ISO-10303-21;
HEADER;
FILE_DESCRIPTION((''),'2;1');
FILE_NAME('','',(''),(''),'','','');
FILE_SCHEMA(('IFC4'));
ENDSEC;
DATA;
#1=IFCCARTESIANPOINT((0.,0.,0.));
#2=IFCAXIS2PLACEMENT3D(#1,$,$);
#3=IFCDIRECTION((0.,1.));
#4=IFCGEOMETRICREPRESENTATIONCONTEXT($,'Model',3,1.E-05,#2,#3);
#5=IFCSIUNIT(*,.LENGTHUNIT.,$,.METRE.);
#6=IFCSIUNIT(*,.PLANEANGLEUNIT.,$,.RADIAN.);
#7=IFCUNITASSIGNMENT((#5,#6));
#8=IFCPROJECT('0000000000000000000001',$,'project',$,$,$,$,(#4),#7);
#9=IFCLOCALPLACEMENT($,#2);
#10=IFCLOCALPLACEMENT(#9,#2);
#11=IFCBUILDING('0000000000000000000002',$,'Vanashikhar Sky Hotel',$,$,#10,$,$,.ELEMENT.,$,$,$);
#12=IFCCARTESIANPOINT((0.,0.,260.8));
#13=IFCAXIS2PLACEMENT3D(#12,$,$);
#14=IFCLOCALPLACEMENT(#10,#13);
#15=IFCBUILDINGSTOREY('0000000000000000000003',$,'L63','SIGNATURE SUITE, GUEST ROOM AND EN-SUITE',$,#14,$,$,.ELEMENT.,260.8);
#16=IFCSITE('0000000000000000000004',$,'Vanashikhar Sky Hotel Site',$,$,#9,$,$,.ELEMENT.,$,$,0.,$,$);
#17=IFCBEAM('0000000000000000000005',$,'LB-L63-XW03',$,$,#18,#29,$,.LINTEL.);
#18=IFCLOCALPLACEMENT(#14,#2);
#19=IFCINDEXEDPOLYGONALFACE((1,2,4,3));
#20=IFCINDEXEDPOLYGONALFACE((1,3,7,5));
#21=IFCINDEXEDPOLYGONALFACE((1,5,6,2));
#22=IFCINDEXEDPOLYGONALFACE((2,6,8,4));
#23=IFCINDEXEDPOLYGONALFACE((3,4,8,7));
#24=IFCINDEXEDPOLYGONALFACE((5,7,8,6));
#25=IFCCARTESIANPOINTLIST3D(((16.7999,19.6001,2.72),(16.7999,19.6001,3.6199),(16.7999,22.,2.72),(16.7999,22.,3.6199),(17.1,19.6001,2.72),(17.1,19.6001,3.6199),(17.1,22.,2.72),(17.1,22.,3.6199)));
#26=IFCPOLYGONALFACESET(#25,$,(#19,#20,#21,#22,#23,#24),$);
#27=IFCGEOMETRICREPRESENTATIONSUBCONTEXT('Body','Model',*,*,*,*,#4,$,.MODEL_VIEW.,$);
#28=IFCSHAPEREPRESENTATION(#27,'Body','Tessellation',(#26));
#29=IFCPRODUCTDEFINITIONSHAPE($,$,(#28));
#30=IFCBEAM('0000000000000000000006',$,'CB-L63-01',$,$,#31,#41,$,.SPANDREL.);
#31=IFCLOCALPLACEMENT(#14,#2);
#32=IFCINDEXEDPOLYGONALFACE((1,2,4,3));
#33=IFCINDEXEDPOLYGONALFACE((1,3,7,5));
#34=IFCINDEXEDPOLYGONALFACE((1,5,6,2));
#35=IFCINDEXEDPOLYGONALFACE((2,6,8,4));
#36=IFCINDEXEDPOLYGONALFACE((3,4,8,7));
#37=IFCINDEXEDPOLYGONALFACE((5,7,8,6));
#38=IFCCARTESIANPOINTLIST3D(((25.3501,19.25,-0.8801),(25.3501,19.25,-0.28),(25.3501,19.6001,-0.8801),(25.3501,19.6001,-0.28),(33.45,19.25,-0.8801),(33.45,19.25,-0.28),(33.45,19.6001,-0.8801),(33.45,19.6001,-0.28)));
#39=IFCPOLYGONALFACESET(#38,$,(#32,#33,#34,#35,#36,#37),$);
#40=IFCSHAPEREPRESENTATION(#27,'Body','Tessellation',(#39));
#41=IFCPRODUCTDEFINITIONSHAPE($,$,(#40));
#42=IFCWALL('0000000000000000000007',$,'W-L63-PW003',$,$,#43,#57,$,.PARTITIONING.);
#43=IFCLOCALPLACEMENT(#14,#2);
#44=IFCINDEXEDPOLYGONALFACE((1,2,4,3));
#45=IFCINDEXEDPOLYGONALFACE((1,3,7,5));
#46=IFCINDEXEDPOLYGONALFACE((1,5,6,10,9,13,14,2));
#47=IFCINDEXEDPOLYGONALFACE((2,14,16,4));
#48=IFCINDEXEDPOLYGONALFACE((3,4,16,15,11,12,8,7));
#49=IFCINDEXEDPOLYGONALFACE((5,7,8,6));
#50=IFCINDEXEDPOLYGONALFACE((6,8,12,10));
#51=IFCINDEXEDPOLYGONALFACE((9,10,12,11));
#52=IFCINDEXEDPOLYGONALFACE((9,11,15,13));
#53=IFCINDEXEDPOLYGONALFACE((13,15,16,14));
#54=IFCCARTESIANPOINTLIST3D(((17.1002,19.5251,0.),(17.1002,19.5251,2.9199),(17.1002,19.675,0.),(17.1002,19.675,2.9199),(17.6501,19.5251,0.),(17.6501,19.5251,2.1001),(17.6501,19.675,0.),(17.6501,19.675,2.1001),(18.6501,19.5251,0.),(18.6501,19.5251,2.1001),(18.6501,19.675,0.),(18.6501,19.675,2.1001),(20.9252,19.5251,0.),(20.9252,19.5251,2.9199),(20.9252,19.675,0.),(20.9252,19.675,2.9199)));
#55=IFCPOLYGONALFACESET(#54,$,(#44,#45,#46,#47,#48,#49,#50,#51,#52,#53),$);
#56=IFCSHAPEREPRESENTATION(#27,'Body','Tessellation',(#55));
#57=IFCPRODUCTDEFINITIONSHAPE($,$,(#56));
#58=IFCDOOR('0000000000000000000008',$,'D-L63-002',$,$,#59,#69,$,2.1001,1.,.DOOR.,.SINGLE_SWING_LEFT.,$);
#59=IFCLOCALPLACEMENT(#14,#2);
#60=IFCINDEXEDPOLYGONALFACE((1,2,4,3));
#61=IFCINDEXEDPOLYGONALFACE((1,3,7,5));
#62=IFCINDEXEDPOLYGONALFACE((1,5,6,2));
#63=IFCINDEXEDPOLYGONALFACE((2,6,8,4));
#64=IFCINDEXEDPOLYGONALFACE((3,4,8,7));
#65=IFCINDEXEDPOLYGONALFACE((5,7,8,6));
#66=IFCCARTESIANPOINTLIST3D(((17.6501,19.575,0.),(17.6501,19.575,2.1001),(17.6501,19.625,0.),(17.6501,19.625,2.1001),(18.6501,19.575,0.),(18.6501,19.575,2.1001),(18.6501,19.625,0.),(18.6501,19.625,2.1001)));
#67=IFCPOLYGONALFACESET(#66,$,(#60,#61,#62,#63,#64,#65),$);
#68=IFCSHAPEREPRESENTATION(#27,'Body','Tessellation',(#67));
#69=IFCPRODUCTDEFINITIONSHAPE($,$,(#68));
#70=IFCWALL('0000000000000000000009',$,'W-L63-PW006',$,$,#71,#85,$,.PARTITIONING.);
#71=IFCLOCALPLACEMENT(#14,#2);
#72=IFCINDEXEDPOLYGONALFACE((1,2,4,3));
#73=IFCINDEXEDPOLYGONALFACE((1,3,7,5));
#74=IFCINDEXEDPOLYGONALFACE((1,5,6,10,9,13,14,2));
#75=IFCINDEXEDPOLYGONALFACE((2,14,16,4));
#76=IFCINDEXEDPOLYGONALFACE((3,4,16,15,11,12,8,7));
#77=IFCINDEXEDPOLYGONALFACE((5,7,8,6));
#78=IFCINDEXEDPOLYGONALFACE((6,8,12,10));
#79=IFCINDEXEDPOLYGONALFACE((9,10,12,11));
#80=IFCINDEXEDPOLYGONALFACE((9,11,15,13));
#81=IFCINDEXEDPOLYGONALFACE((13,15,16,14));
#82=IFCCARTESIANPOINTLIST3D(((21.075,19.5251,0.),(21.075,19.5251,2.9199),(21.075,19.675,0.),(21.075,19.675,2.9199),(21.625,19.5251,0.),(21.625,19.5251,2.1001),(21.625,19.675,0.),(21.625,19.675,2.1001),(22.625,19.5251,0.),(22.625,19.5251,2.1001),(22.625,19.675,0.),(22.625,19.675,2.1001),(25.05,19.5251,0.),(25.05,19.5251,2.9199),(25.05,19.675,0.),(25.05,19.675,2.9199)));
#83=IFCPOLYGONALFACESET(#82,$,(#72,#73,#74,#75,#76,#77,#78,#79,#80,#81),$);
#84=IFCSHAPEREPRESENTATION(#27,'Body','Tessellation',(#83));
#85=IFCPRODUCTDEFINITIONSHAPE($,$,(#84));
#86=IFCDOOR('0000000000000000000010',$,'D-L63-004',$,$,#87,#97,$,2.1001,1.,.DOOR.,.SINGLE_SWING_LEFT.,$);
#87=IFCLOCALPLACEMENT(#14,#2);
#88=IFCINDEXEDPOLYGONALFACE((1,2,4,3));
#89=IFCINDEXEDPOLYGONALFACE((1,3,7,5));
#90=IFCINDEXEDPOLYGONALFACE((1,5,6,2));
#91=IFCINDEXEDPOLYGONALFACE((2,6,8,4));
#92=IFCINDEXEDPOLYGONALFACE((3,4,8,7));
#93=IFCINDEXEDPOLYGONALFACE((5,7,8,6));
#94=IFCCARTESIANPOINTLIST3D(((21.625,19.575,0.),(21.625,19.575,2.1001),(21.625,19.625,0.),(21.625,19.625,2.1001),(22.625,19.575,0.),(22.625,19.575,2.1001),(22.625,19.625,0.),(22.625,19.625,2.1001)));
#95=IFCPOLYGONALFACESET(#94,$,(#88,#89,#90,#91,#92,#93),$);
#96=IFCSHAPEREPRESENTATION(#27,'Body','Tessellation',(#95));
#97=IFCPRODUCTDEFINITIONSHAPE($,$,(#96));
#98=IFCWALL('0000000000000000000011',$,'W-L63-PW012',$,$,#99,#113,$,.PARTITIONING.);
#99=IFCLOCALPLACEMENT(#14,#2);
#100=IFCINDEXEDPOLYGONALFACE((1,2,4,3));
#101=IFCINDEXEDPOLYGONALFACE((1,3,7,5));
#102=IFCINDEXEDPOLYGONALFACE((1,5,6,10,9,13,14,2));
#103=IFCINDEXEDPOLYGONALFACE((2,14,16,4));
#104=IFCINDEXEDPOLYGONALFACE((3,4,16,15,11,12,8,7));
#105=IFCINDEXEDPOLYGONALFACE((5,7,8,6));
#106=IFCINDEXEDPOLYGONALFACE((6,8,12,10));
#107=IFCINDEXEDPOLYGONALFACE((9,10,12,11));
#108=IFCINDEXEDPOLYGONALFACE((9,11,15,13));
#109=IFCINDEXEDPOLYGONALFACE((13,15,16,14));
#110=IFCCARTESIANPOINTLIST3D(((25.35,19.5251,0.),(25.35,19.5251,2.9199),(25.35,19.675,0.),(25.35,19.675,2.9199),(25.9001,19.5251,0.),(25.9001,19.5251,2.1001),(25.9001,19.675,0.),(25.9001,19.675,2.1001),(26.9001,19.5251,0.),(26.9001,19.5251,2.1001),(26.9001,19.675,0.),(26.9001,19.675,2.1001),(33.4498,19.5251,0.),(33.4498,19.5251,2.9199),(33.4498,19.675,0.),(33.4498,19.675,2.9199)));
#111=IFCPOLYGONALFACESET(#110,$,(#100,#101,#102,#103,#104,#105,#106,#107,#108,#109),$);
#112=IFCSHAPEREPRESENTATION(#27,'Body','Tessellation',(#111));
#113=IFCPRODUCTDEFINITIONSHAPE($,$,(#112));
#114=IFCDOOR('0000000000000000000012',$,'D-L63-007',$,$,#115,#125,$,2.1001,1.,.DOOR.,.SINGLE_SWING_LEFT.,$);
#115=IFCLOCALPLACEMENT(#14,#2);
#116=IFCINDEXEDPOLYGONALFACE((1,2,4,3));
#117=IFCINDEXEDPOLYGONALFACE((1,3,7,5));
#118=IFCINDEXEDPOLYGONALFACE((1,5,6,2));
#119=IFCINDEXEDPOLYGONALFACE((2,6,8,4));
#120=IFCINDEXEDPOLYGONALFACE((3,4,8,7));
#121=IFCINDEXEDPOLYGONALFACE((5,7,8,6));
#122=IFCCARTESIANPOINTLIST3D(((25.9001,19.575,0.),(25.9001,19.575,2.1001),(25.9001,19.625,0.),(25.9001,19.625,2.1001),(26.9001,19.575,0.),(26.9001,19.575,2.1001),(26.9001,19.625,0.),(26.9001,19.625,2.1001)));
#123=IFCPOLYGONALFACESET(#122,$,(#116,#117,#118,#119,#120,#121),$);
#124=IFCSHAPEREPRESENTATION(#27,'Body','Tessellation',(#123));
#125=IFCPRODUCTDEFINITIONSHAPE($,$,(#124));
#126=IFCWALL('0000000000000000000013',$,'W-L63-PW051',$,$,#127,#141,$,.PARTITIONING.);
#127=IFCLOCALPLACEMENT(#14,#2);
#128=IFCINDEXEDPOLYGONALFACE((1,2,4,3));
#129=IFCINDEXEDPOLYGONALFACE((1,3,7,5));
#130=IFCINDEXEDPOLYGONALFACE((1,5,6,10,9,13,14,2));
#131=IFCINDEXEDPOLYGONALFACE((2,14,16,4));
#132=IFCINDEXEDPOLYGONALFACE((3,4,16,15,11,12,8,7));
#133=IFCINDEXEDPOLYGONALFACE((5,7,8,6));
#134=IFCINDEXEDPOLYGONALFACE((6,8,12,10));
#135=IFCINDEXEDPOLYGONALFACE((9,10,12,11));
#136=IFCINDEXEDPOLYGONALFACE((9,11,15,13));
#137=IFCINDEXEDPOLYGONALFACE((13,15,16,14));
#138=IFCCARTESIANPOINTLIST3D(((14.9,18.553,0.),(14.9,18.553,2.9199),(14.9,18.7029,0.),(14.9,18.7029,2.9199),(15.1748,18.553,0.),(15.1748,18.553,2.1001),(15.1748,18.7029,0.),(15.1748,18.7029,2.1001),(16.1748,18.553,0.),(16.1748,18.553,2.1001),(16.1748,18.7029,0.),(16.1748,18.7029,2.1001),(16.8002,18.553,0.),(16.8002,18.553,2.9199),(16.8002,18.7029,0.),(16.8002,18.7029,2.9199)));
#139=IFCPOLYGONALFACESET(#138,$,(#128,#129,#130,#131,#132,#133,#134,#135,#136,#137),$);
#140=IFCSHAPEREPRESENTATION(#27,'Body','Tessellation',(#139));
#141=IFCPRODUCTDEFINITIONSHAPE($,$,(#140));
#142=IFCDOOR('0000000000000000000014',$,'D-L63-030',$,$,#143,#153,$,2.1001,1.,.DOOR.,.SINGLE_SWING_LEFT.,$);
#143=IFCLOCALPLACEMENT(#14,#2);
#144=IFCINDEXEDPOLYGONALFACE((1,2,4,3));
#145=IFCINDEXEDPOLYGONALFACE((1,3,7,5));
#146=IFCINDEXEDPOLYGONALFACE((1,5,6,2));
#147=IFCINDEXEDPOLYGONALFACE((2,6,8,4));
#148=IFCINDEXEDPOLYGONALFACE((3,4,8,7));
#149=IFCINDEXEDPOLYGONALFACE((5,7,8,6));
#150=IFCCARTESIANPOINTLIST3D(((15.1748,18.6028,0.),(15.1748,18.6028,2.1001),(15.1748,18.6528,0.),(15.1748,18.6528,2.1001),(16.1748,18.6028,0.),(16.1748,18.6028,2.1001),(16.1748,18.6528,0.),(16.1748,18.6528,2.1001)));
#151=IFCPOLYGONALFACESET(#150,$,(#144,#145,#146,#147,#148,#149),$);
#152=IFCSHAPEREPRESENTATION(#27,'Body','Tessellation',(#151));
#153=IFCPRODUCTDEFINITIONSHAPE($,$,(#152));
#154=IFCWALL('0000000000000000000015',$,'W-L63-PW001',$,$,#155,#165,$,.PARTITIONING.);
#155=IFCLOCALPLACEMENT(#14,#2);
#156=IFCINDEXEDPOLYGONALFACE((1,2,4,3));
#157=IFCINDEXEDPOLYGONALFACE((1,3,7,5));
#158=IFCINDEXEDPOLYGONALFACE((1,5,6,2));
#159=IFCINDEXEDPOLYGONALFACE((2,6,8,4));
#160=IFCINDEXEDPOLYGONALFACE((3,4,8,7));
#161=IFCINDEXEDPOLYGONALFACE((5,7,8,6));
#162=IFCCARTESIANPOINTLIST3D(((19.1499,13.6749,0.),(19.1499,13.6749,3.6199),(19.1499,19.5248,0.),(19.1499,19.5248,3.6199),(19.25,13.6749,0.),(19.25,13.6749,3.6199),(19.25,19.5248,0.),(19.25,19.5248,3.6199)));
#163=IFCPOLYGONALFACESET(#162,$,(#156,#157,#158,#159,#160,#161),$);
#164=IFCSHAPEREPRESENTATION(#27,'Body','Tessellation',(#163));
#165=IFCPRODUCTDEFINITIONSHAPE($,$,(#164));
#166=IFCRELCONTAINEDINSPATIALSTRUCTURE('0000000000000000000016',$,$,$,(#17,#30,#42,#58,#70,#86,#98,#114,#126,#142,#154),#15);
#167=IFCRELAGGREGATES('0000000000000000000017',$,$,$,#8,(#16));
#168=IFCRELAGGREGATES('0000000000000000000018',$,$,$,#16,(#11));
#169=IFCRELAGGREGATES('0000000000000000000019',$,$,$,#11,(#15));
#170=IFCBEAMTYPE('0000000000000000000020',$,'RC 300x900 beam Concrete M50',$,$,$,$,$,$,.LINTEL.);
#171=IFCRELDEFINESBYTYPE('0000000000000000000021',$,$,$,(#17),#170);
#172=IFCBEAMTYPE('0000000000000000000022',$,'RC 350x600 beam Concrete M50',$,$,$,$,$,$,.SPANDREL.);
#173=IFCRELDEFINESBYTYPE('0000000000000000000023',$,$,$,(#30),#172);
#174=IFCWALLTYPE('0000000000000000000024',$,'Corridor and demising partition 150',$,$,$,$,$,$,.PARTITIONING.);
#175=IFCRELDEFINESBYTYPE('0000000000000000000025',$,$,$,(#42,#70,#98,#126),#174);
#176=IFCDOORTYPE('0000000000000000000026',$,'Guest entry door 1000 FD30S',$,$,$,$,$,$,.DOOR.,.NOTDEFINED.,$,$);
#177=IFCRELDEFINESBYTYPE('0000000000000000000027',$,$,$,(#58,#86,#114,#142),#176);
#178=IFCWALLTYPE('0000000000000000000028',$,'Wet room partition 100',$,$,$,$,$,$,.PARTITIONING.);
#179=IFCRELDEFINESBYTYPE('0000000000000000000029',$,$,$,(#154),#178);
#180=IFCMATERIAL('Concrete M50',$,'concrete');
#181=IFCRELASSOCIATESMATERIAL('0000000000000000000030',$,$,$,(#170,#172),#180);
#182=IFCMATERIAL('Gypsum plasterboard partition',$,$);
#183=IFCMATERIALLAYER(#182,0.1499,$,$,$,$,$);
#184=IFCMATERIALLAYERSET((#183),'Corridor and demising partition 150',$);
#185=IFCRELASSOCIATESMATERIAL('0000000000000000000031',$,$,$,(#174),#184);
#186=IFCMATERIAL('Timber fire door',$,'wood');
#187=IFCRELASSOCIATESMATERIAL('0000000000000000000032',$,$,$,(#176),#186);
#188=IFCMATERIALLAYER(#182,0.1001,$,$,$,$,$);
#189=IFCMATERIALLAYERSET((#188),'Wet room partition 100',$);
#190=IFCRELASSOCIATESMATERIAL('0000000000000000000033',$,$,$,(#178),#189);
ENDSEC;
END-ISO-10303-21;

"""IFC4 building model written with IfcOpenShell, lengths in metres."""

from ifc_helpers import new_model, si_unit, direction, frame, frame_2d, origin, origin_2d, place, context, subcontext, project, spatial, rectangle, extrude, source, transform, mapped, material, layer, layer_set, material_profile, profile_set, type_object, element, fill, save


model = new_model("IFC4")

# Units and contexts
model_context = context("Model", 3, precision=1e-05, world=origin(), true_north=direction((0.0, 1.0)))
body_context = subcontext(model_context, "Body", "Model", "MODEL_VIEW")
ifc_project = project(units=[si_unit("LENGTHUNIT", "METRE"), si_unit("PLANEANGLEUNIT", "RADIAN")], contexts=[model_context])

# Site, building, storey
site_placement = place(None, origin())
site = spatial("IfcSite", under=ifc_project, at=site_placement, Name="Vanashikhar Sky Hotel Site", CompositionType="ELEMENT", RefElevation=0.0)
building_placement = place(site_placement, origin())
building = spatial("IfcBuilding", under=site, at=building_placement, Name="Vanashikhar Sky Hotel", CompositionType="ELEMENT")
storey_placement = place(building_placement, frame((0.0, 0.0, 260.8)))
storey = spatial("IfcBuildingStorey", under=building, at=storey_placement, Name="L63", Description="SIGNATURE SUITE, GUEST ROOM AND EN-SUITE", CompositionType="ELEMENT", Elevation=260.8)

# Beams
ifc_material_1 = material(Name="Concrete M50", Category="concrete")
ifc_material_profile_1 = material_profile(ifc_material_1, rectangle(XDim=0.3, YDim=0.8999, at=origin_2d()))
ifc_profile_set_1 = profile_set([ifc_material_profile_1], Name="RC 300x900 beam Concrete M50")
beam_type_1 = type_object("IfcBeamType", Name="RC 300x900 beam Concrete M50", PredefinedType="LINTEL", material=ifc_profile_set_1)
shared_shape_1 = source(origin(), body_context, "Body", "SweptSolid", [
    extrude(rectangle(XDim=0.3, YDim=0.8999, at=origin_2d()), origin(), (0.0, 0.0, 1.0), 2.3999),
])
beam_1_placement = place(storey_placement, frame((16.95, 19.6001, 3.1699), z_axis=(0.0, 1.0, 0.0), x_axis=(-1.0, 0.0, 0.0)))
element("IfcBeam", 1, at=beam_1_placement, inside=storey, type_object=beam_type_1, Name="LB-L63-XW03", PredefinedType="LINTEL", context=body_context, shape_type="MappedRepresentation", body=[
    mapped(shared_shape_1, transform((0.0, 0.0, 0.0), scale=1.0)),
])
ifc_material_profile_2 = material_profile(ifc_material_1, rectangle(XDim=0.3501, YDim=0.6001, at=origin_2d()))
ifc_profile_set_2 = profile_set([ifc_material_profile_2], Name="RC 350x600 beam Concrete M50")
beam_type_2 = type_object("IfcBeamType", Name="RC 350x600 beam Concrete M50", PredefinedType="SPANDREL", material=ifc_profile_set_2)
shared_shape_2 = source(origin(), body_context, "Body", "SweptSolid", [
    extrude(rectangle(XDim=0.3501, YDim=0.6001, at=origin_2d()), origin(), (0.0, 0.0, 1.0), 8.0999),
])
beam_2_placement = place(storey_placement, frame((25.3501, 19.425, -0.5801), z_axis=(1.0, 0.0, 0.0), x_axis=(0.0, 1.0, 0.0)))
element("IfcBeam", 2, at=beam_2_placement, inside=storey, type_object=beam_type_2, Name="CB-L63-01", PredefinedType="SPANDREL", context=body_context, shape_type="MappedRepresentation", body=[
    mapped(shared_shape_2, transform((0.0, 0.0, 0.0), scale=1.0)),
])

# Walls, openings, doors
ifc_material_2 = material(Name="Gypsum plasterboard partition")
ifc_layer_1 = layer(ifc_material_2, 0.1499)
ifc_layer_set_1 = layer_set([ifc_layer_1], Name="Corridor and demising partition 150")
wall_type_1 = type_object("IfcWallType", Name="Corridor and demising partition 150", PredefinedType="PARTITIONING", material=ifc_layer_set_1)
shared_shape_3 = source(origin(), body_context, "Body", "SweptSolid", [
    extrude(rectangle(XDim=3.825, YDim=0.1499, at=frame_2d((1.9126, 0.0))), origin(), (0.0, 0.0, 1.0), 2.9199),
])
wall_1_placement = place(storey_placement, frame((17.1001, 19.6001, 0.0), z_axis=(0.0, 0.0, 1.0), x_axis=(1.0, 0.0, 0.0)))
wall_1 = element("IfcWall", 3, at=wall_1_placement, inside=storey, type_object=wall_type_1, Name="W-L63-PW003", PredefinedType="PARTITIONING", context=body_context, shape_type="MappedRepresentation", body=[
    mapped(shared_shape_3, transform((0.0, 0.0, 0.0), scale=1.0)),
])
shared_shape_4 = source(origin(), body_context, "Body", "SweptSolid", [
    extrude(rectangle(XDim=1.0, YDim=2.1001, at=frame_2d((0.5, 1.05))), frame((0.0, 0.085, 0.0), z_axis=(0.0, -1.0, 0.0), x_axis=(1.0, 0.0, 0.0)), (0.0, 0.0, 1.0), 0.1699),
])
opening_1_placement = place(wall_1_placement, frame((0.55, 0.0, 0.0)))
opening_1 = element("IfcOpeningElement", 4, at=opening_1_placement, cuts=wall_1, PredefinedType="OPENING", context=body_context, shape_type="MappedRepresentation", body=[
    mapped(shared_shape_4, transform((0.0, 0.0, 0.0), scale=1.0)),
])
ifc_material_3 = material(Name="Timber fire door", Category="wood")
door_type_1 = type_object("IfcDoorType", Name="Guest entry door 1000 FD30S", OperationType="NOTDEFINED", PredefinedType="DOOR", material=ifc_material_3)
shared_shape_5 = source(origin(), body_context, "Body", "SweptSolid", [
    extrude(rectangle(XDim=1.0, YDim=2.1001, at=frame_2d((0.5, 1.05))), frame((0.0, 0.0249, 0.0), z_axis=(0.0, -1.0, 0.0), x_axis=(1.0, 0.0, 0.0)), (0.0, 0.0, 1.0), 0.05),
])
door_1_placement = place(opening_1_placement, origin())
door_1 = element("IfcDoor", 5, at=door_1_placement, inside=storey, type_object=door_type_1, Name="D-L63-002", OperationType="SINGLE_SWING_LEFT", OverallHeight=2.1001, OverallWidth=1.0, PredefinedType="DOOR", context=body_context, shape_type="MappedRepresentation", body=[
    mapped(shared_shape_5, transform((0.0, 0.0, 0.0), scale=1.0)),
])
fill(opening_1, door_1)
shared_shape_6 = source(origin(), body_context, "Body", "SweptSolid", [
    extrude(rectangle(XDim=3.9751, YDim=0.1499, at=frame_2d((1.9875, 0.0))), origin(), (0.0, 0.0, 1.0), 2.9199),
])
wall_2_placement = place(storey_placement, frame((21.075, 19.6001, 0.0), z_axis=(0.0, 0.0, 1.0), x_axis=(1.0, 0.0, 0.0)))
wall_2 = element("IfcWall", 6, at=wall_2_placement, inside=storey, type_object=wall_type_1, Name="W-L63-PW006", PredefinedType="PARTITIONING", context=body_context, shape_type="MappedRepresentation", body=[
    mapped(shared_shape_6, transform((0.0, 0.0, 0.0), scale=1.0)),
])
opening_2_placement = place(wall_2_placement, frame((0.55, 0.0, 0.0)))
opening_2 = element("IfcOpeningElement", 7, at=opening_2_placement, cuts=wall_2, PredefinedType="OPENING", context=body_context, shape_type="MappedRepresentation", body=[
    mapped(shared_shape_4, transform((0.0, 0.0, 0.0), scale=1.0)),
])
door_2_placement = place(opening_2_placement, origin())
door_2 = element("IfcDoor", 8, at=door_2_placement, inside=storey, type_object=door_type_1, Name="D-L63-004", OperationType="SINGLE_SWING_LEFT", OverallHeight=2.1001, OverallWidth=1.0, PredefinedType="DOOR", context=body_context, shape_type="MappedRepresentation", body=[
    mapped(shared_shape_5, transform((0.0, 0.0, 0.0), scale=1.0)),
])
fill(opening_2, door_2)
shared_shape_7 = source(origin(), body_context, "Body", "SweptSolid", [
    extrude(rectangle(XDim=8.0999, YDim=0.1499, at=frame_2d((4.0498, 0.0))), origin(), (0.0, 0.0, 1.0), 2.9199),
])
wall_3_placement = place(storey_placement, frame((25.3501, 19.6001, 0.0), z_axis=(0.0, 0.0, 1.0), x_axis=(1.0, 0.0, 0.0)))
wall_3 = element("IfcWall", 9, at=wall_3_placement, inside=storey, type_object=wall_type_1, Name="W-L63-PW012", PredefinedType="PARTITIONING", context=body_context, shape_type="MappedRepresentation", body=[
    mapped(shared_shape_7, transform((0.0, 0.0, 0.0), scale=1.0)),
])
opening_3_placement = place(wall_3_placement, frame((0.55, 0.0, 0.0)))
opening_3 = element("IfcOpeningElement", 10, at=opening_3_placement, cuts=wall_3, PredefinedType="OPENING", context=body_context, shape_type="MappedRepresentation", body=[
    mapped(shared_shape_4, transform((0.0, 0.0, 0.0), scale=1.0)),
])
door_3_placement = place(opening_3_placement, origin())
door_3 = element("IfcDoor", 11, at=door_3_placement, inside=storey, type_object=door_type_1, Name="D-L63-007", OperationType="SINGLE_SWING_LEFT", OverallHeight=2.1001, OverallWidth=1.0, PredefinedType="DOOR", context=body_context, shape_type="MappedRepresentation", body=[
    mapped(shared_shape_5, transform((0.0, 0.0, 0.0), scale=1.0)),
])
fill(opening_3, door_3)
shared_shape_8 = source(origin(), body_context, "Body", "SweptSolid", [
    extrude(rectangle(XDim=1.9001, YDim=0.1499, at=frame_2d((0.9502, 0.0))), origin(), (0.0, 0.0, 1.0), 2.9199),
])
wall_4_placement = place(storey_placement, frame((14.8999, 18.6279, 0.0), z_axis=(0.0, 0.0, 1.0), x_axis=(1.0, 0.0, 0.0)))
wall_4 = element("IfcWall", 12, at=wall_4_placement, inside=storey, type_object=wall_type_1, Name="W-L63-PW051", PredefinedType="PARTITIONING", context=body_context, shape_type="MappedRepresentation", body=[
    mapped(shared_shape_8, transform((0.0, 0.0, 0.0), scale=1.0)),
])
opening_4_placement = place(wall_4_placement, frame((0.2749, 0.0, 0.0)))
opening_4 = element("IfcOpeningElement", 13, at=opening_4_placement, cuts=wall_4, PredefinedType="OPENING", context=body_context, shape_type="MappedRepresentation", body=[
    mapped(shared_shape_4, transform((0.0, 0.0, 0.0), scale=1.0)),
])
door_4_placement = place(opening_4_placement, origin())
door_4 = element("IfcDoor", 14, at=door_4_placement, inside=storey, type_object=door_type_1, Name="D-L63-030", OperationType="SINGLE_SWING_LEFT", OverallHeight=2.1001, OverallWidth=1.0, PredefinedType="DOOR", context=body_context, shape_type="MappedRepresentation", body=[
    mapped(shared_shape_5, transform((0.0, 0.0, 0.0), scale=1.0)),
])
fill(opening_4, door_4)

# Wall
ifc_layer_2 = layer(ifc_material_2, 0.1001)
ifc_layer_set_2 = layer_set([ifc_layer_2], Name="Wet room partition 100")
wall_type_2 = type_object("IfcWallType", Name="Wet room partition 100", PredefinedType="PARTITIONING", material=ifc_layer_set_2)
shared_shape_9 = source(origin(), body_context, "Body", "SweptSolid", [
    extrude(rectangle(XDim=5.8499, YDim=0.1001, at=frame_2d((2.9248, 0.0))), origin(), (0.0, 0.0, 1.0), 3.6199),
])
for number, where, z_axis, x_axis, name in (
    (15, (19.2, 13.675, 0.0), (0.0, 0.0, 1.0), (0.0, 1.0, 0.0), "W-L63-PW001"),
):
    element("IfcWall", number, at=place(storey_placement, frame(where, z_axis=z_axis, x_axis=x_axis)), inside=storey, type_object=wall_type_2, Name=name, PredefinedType="PARTITIONING", context=body_context, shape_type="MappedRepresentation", body=[
        mapped(shared_shape_9, transform((0.0, 0.0, 0.0), scale=1.0)),
    ])

save(model, "model.ifc")
